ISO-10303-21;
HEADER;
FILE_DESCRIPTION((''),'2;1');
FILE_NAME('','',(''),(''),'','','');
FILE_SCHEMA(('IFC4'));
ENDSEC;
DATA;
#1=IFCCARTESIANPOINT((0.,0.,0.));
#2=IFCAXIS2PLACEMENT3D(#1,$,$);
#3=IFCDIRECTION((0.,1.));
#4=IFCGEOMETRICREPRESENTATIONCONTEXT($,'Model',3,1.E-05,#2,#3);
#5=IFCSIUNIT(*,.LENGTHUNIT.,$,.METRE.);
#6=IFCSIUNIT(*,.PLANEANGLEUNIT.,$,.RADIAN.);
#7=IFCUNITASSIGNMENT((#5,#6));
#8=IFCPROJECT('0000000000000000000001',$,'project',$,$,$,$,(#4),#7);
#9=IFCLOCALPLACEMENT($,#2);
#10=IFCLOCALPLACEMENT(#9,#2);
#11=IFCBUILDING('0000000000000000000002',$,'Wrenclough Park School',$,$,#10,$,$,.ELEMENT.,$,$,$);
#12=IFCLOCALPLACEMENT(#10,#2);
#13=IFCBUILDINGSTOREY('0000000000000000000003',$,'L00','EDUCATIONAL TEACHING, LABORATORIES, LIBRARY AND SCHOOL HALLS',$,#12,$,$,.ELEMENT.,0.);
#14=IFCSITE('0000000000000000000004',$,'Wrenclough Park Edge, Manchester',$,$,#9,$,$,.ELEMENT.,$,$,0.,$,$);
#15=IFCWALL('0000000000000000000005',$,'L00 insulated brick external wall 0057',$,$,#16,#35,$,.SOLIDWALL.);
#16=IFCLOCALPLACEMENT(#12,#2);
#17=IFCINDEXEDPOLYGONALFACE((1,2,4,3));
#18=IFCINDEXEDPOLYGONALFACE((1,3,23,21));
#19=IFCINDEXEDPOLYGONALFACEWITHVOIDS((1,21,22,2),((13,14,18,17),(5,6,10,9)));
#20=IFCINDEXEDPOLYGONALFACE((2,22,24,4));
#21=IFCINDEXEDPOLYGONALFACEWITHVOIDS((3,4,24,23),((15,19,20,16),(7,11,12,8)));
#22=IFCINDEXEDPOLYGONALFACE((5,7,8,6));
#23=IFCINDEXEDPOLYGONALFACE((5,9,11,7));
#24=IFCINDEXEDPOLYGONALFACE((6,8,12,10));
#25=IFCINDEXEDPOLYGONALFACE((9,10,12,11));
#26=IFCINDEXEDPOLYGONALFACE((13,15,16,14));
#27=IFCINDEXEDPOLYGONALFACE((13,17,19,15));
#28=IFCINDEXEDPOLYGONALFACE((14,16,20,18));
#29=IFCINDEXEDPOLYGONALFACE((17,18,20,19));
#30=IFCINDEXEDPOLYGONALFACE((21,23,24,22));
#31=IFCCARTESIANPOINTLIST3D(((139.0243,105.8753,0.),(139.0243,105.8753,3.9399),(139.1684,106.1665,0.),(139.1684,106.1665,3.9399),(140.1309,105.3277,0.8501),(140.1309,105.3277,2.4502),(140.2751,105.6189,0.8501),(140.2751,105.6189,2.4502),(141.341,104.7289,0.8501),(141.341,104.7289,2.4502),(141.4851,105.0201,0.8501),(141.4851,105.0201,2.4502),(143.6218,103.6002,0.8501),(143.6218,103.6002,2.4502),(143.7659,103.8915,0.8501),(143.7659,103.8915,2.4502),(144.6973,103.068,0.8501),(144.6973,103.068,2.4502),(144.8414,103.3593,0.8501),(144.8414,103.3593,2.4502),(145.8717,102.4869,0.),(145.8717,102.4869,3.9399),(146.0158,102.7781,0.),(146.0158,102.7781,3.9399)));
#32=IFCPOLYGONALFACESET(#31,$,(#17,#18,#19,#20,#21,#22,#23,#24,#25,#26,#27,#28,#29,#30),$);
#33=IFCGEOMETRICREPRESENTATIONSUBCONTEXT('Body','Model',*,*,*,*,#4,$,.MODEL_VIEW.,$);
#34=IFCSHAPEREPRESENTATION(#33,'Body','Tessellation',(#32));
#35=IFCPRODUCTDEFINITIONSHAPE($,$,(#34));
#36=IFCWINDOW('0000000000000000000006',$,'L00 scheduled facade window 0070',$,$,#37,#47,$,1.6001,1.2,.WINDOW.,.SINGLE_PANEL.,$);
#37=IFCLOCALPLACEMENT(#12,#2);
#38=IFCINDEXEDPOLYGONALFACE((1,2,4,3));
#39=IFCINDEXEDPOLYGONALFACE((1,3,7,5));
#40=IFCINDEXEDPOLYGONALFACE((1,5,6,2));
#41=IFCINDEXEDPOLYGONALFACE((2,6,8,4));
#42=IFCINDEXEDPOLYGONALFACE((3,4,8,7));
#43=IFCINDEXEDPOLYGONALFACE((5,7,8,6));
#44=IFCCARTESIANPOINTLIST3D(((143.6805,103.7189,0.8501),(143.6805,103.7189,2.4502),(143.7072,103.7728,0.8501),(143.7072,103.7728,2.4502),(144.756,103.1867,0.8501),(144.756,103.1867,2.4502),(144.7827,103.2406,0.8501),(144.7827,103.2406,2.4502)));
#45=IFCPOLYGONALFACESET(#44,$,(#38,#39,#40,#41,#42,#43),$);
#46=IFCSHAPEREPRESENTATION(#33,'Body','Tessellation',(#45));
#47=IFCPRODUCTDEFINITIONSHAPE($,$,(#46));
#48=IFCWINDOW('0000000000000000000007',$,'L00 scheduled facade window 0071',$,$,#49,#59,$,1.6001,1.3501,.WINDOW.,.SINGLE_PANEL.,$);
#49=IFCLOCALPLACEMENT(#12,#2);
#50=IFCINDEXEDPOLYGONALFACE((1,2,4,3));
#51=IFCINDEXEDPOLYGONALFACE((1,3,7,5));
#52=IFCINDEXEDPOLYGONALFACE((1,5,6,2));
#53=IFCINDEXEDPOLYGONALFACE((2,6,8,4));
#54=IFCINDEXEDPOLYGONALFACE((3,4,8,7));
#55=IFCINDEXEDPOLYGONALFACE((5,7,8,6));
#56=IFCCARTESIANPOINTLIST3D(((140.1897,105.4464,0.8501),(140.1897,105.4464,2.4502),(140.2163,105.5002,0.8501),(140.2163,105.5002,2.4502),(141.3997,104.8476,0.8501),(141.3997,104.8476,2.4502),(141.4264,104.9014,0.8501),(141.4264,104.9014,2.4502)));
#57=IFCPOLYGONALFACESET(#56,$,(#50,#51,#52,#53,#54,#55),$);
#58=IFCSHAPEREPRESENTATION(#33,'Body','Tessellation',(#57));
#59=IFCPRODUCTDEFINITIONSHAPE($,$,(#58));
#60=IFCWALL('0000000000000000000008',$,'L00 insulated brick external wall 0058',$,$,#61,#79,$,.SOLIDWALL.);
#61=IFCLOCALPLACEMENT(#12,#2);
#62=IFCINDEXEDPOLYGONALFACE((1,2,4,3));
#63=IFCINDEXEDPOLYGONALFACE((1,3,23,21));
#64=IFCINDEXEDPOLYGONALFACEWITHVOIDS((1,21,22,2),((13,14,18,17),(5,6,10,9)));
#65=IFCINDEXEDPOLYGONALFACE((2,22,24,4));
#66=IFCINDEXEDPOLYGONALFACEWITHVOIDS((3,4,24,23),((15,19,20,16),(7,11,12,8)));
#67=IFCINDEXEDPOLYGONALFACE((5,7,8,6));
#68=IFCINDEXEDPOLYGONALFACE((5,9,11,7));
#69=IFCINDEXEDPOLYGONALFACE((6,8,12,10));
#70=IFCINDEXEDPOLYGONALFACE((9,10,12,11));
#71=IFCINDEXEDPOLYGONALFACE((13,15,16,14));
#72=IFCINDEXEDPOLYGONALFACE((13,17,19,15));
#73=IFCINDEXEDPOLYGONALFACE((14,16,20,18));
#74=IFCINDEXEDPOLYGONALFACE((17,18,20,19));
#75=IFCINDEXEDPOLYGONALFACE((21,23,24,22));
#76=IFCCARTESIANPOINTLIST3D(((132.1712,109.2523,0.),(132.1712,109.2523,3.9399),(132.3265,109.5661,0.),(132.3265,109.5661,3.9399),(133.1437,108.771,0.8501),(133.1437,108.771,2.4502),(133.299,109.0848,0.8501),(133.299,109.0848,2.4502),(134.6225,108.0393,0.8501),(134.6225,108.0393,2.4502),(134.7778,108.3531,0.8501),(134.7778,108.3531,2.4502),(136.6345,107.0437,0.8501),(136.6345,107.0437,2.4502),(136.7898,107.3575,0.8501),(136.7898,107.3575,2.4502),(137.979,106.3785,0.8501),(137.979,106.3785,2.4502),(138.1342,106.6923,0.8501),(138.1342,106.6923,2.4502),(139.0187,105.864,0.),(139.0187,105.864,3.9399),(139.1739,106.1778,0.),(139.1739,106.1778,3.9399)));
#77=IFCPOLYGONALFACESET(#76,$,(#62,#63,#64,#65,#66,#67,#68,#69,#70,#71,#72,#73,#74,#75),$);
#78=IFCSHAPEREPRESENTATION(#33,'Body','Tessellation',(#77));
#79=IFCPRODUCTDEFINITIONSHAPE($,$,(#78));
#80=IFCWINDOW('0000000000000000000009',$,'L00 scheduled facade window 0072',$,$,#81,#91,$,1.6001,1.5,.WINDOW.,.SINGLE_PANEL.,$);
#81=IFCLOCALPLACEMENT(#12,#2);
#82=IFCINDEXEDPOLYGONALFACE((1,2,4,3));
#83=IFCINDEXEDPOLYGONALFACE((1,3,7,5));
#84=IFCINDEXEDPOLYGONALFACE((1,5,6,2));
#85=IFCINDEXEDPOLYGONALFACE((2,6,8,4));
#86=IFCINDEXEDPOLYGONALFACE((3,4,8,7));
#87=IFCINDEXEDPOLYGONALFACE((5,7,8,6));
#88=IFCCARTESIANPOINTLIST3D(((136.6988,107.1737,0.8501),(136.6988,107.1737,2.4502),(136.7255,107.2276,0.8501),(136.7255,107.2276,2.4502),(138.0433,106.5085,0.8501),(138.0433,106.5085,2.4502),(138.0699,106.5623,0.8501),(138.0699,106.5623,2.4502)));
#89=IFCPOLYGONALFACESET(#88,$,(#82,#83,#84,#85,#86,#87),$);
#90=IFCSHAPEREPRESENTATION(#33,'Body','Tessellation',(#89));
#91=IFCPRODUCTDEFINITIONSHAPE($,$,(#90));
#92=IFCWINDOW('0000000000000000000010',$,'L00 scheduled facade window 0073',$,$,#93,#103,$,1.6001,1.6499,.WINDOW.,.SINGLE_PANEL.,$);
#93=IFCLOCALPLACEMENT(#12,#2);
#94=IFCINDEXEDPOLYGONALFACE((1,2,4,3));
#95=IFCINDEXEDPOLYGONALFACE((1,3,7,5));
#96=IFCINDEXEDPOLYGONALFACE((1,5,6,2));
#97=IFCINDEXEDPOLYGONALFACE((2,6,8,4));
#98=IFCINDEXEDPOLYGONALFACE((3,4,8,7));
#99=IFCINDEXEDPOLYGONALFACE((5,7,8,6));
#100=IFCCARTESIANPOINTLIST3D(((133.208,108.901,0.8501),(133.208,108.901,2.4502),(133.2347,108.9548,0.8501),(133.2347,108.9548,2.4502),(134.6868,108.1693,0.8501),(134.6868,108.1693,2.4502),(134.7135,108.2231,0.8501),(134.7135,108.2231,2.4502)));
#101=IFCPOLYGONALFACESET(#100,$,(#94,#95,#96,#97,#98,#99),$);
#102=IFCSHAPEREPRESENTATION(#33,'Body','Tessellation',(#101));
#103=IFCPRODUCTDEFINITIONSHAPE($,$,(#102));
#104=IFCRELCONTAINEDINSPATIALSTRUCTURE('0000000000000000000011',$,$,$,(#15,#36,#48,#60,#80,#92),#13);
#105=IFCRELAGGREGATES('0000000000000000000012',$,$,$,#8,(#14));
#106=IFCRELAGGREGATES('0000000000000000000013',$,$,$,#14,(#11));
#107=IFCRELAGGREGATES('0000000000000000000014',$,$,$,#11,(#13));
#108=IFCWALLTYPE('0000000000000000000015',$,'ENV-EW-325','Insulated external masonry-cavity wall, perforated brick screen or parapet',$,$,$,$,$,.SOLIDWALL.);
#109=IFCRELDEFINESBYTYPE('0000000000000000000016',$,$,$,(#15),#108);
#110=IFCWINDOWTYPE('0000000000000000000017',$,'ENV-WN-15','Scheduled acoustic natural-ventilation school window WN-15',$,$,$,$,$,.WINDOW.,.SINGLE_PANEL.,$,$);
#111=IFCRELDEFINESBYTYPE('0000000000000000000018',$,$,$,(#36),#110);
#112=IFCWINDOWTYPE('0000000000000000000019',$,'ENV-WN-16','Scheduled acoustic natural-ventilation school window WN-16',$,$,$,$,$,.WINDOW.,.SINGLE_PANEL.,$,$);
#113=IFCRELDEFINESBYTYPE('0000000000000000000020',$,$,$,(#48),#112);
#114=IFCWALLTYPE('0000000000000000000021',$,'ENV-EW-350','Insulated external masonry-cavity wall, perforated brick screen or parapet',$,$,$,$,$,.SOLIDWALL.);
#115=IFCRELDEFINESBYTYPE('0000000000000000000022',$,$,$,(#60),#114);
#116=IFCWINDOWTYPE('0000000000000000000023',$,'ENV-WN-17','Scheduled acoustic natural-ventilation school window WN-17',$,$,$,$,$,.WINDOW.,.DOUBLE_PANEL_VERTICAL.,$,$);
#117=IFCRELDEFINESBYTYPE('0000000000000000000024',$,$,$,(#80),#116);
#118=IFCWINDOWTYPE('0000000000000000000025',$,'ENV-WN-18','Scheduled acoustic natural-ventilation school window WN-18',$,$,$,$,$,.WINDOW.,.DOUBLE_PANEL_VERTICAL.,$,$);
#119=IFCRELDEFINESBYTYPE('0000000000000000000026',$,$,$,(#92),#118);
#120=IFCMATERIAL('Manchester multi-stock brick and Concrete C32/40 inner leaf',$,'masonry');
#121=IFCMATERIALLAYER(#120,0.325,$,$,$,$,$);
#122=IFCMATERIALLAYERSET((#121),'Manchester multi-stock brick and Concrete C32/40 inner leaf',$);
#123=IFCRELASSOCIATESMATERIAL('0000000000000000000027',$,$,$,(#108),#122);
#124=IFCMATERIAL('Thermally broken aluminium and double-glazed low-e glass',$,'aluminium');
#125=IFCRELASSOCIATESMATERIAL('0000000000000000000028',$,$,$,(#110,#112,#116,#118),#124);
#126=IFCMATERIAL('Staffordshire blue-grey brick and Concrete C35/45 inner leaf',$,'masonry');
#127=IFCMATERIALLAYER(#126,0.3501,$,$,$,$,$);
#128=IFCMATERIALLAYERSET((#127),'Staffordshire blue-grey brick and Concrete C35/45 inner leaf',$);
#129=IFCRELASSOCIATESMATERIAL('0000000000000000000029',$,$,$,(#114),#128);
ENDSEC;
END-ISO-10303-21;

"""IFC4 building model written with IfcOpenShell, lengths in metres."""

from ifc_helpers import new_model, si_unit, direction, frame, frame_2d, origin, place, context, subcontext, project, spatial, rectangle, extrude, material, layer, layer_set, type_object, element, fill, save


model = new_model("IFC4")

# Units and contexts
model_context = context("Model", 3, precision=1e-05, world=origin(), true_north=direction((0.0, 1.0)))
body_context = subcontext(model_context, "Body", "Model", "MODEL_VIEW")
ifc_project = project(units=[si_unit("LENGTHUNIT", "METRE"), si_unit("PLANEANGLEUNIT", "RADIAN")], contexts=[model_context])

# Site, building, storey
site_placement = place(None, origin())
site = spatial("IfcSite", under=ifc_project, at=site_placement, Name="Wrenclough Park Edge, Manchester", CompositionType="ELEMENT", RefElevation=0.0)
building_placement = place(site_placement, origin())
building = spatial("IfcBuilding", under=site, at=building_placement, Name="Wrenclough Park School", CompositionType="ELEMENT")
storey_placement = place(building_placement, origin())
storey = spatial("IfcBuildingStorey", under=building, at=storey_placement, Name="L00", Description="EDUCATIONAL TEACHING, LABORATORIES, LIBRARY AND SCHOOL HALLS", CompositionType="ELEMENT", Elevation=0.0)

# Walls, openings, windows
ifc_material_1 = material(Name="Manchester multi-stock brick and Concrete C32/40 inner leaf", Category="masonry")
ifc_material_2 = material(Name="Thermally broken aluminium and double-glazed low-e glass", Category="aluminium")
ifc_layer_1 = layer(ifc_material_1, 0.325)
ifc_layer_set_1 = layer_set([ifc_layer_1], Name="Manchester multi-stock brick and Concrete C32/40 inner leaf")
wall_type_1 = type_object("IfcWallType", Name="ENV-EW-325", Description="Insulated external masonry-cavity wall, perforated brick screen or parapet", PredefinedType="SOLIDWALL", material=ifc_layer_set_1)
wall_1_placement = place(storey_placement, frame((145.9436, 102.6326, 0.0), z_axis=(0.0, 0.0, 1.0), x_axis=(-0.896267, 0.443516, 0.0)))
wall_1 = element("IfcWall", 1, at=wall_1_placement, inside=storey, type_object=wall_type_1, Name="L00 insulated brick external wall 0057", PredefinedType="SOLIDWALL", context=body_context, shape_type="SweptSolid", body=[
    extrude(rectangle(XDim=7.6399, YDim=0.325, at=frame_2d((3.8198, 0.0))), origin(), (0.0, 0.0, 1.0), 3.9399),
])
opening_1_placement = place(wall_1_placement, frame((1.3101, 0.0, 0.8501)))
opening_1 = element("IfcOpeningElement", 2, at=opening_1_placement, cuts=wall_1, PredefinedType="OPENING", context=body_context, shape_type="SweptSolid", body=[
    extrude(rectangle(XDim=1.2, YDim=1.6001, at=frame_2d((0.6001, 0.8))), frame((0.0, 0.1724, 0.0), z_axis=(0.0, -1.0, 0.0), x_axis=(1.0, 0.0, 0.0)), (0.0, 0.0, 1.0), 0.345),
])
opening_2_placement = place(wall_1_placement, frame((5.0549, 0.0, 0.8501)))
opening_2 = element("IfcOpeningElement", 3, at=opening_2_placement, cuts=wall_1, PredefinedType="OPENING", context=body_context, shape_type="SweptSolid", body=[
    extrude(rectangle(XDim=1.3501, YDim=1.6001, at=frame_2d((0.675, 0.8))), frame((0.0, 0.1724, 0.0), z_axis=(0.0, -1.0, 0.0), x_axis=(1.0, 0.0, 0.0)), (0.0, 0.0, 1.0), 0.345),
])
window_type_1 = type_object("IfcWindowType", Name="ENV-WN-15", Description="Scheduled acoustic natural-ventilation school window WN-15", PartitioningType="SINGLE_PANEL", PredefinedType="WINDOW", material=ifc_material_2)
window_1_placement = place(opening_1_placement, origin())
window_1 = element("IfcWindow", 4, at=window_1_placement, inside=storey, type_object=window_type_1, Name="L00 scheduled facade window 0070", OverallHeight=1.6001, OverallWidth=1.2, PartitioningType="SINGLE_PANEL", PredefinedType="WINDOW", context=body_context, shape_type="SweptSolid", body=[
    extrude(rectangle(XDim=1.2, YDim=1.6001, at=frame_2d((0.6001, 0.8))), frame((0.0, 0.03, 0.0), z_axis=(0.0, -1.0, 0.0), x_axis=(1.0, 0.0, 0.0)), (0.0, 0.0, 1.0), 0.0601),
])
fill(opening_1, window_1)
window_type_2 = type_object("IfcWindowType", Name="ENV-WN-16", Description="Scheduled acoustic natural-ventilation school window WN-16", PartitioningType="SINGLE_PANEL", PredefinedType="WINDOW", material=ifc_material_2)
window_2_placement = place(opening_2_placement, origin())
window_2 = element("IfcWindow", 5, at=window_2_placement, inside=storey, type_object=window_type_2, Name="L00 scheduled facade window 0071", OverallHeight=1.6001, OverallWidth=1.3501, PartitioningType="SINGLE_PANEL", PredefinedType="WINDOW", context=body_context, shape_type="SweptSolid", body=[
    extrude(rectangle(XDim=1.3501, YDim=1.6001, at=frame_2d((0.675, 0.8))), frame((0.0, 0.03, 0.0), z_axis=(0.0, -1.0, 0.0), x_axis=(1.0, 0.0, 0.0)), (0.0, 0.0, 1.0), 0.0601),
])
fill(opening_2, window_2)
ifc_material_3 = material(Name="Staffordshire blue-grey brick and Concrete C35/45 inner leaf", Category="masonry")
ifc_layer_2 = layer(ifc_material_3, 0.3501)
ifc_layer_set_2 = layer_set([ifc_layer_2], Name="Staffordshire blue-grey brick and Concrete C35/45 inner leaf")
wall_type_2 = type_object("IfcWallType", Name="ENV-EW-350", Description="Insulated external masonry-cavity wall, perforated brick screen or parapet", PredefinedType="SOLIDWALL", material=ifc_layer_set_2)
wall_2_placement = place(storey_placement, frame((139.0962, 106.021, 0.0), z_axis=(0.0, 0.0, 1.0), x_axis=(-0.896279, 0.44349, 0.0)))
wall_2 = element("IfcWall", 6, at=wall_2_placement, inside=storey, type_object=wall_type_2, Name="L00 insulated brick external wall 0058", PredefinedType="SOLIDWALL", context=body_context, shape_type="SweptSolid", body=[
    extrude(rectangle(XDim=7.6399, YDim=0.3501, at=frame_2d((3.8198, 0.0))), origin(), (0.0, 0.0, 1.0), 3.9399),
])
opening_3_placement = place(wall_2_placement, frame((1.1599, 0.0, 0.8501)))
opening_3 = element("IfcOpeningElement", 7, at=opening_3_placement, cuts=wall_2, PredefinedType="OPENING", context=body_context, shape_type="SweptSolid", body=[
    extrude(rectangle(XDim=1.5, YDim=1.6001, at=frame_2d((0.75, 0.8))), frame((0.0, 0.1851, 0.0), z_axis=(0.0, -1.0, 0.0), x_axis=(1.0, 0.0, 0.0)), (0.0, 0.0, 1.0), 0.3701),
])
opening_4_placement = place(wall_2_placement, frame((4.9048, 0.0, 0.8501)))
opening_4 = element("IfcOpeningElement", 8, at=opening_4_placement, cuts=wall_2, PredefinedType="OPENING", context=body_context, shape_type="SweptSolid", body=[
    extrude(rectangle(XDim=1.6499, YDim=1.6001, at=frame_2d((0.825, 0.8))), frame((0.0, 0.1851, 0.0), z_axis=(0.0, -1.0, 0.0), x_axis=(1.0, 0.0, 0.0)), (0.0, 0.0, 1.0), 0.3701),
])
window_type_3 = type_object("IfcWindowType", Name="ENV-WN-17", Description="Scheduled acoustic natural-ventilation school window WN-17", PartitioningType="DOUBLE_PANEL_VERTICAL", PredefinedType="WINDOW", material=ifc_material_2)
window_3_placement = place(opening_3_placement, origin())
window_3 = element("IfcWindow", 9, at=window_3_placement, inside=storey, type_object=window_type_3, Name="L00 scheduled facade window 0072", OverallHeight=1.6001, OverallWidth=1.5, PartitioningType="SINGLE_PANEL", PredefinedType="WINDOW", context=body_context, shape_type="SweptSolid", body=[
    extrude(rectangle(XDim=1.5, YDim=1.6001, at=frame_2d((0.75, 0.8))), frame((0.0, 0.03, 0.0), z_axis=(0.0, -1.0, 0.0), x_axis=(1.0, 0.0, 0.0)), (0.0, 0.0, 1.0), 0.0601),
])
fill(opening_3, window_3)
window_type_4 = type_object("IfcWindowType", Name="ENV-WN-18", Description="Scheduled acoustic natural-ventilation school window WN-18", PartitioningType="DOUBLE_PANEL_VERTICAL", PredefinedType="WINDOW", material=ifc_material_2)
window_4_placement = place(opening_4_placement, origin())
window_4 = element("IfcWindow", 10, at=window_4_placement, inside=storey, type_object=window_type_4, Name="L00 scheduled facade window 0073", OverallHeight=1.6001, OverallWidth=1.6499, PartitioningType="SINGLE_PANEL", PredefinedType="WINDOW", context=body_context, shape_type="SweptSolid", body=[
    extrude(rectangle(XDim=1.6499, YDim=1.6001, at=frame_2d((0.825, 0.8))), frame((0.0, 0.03, 0.0), z_axis=(0.0, -1.0, 0.0), x_axis=(1.0, 0.0, 0.0)), (0.0, 0.0, 1.0), 0.0601),
])
fill(opening_4, window_4)

save(model, "model.ifc")
